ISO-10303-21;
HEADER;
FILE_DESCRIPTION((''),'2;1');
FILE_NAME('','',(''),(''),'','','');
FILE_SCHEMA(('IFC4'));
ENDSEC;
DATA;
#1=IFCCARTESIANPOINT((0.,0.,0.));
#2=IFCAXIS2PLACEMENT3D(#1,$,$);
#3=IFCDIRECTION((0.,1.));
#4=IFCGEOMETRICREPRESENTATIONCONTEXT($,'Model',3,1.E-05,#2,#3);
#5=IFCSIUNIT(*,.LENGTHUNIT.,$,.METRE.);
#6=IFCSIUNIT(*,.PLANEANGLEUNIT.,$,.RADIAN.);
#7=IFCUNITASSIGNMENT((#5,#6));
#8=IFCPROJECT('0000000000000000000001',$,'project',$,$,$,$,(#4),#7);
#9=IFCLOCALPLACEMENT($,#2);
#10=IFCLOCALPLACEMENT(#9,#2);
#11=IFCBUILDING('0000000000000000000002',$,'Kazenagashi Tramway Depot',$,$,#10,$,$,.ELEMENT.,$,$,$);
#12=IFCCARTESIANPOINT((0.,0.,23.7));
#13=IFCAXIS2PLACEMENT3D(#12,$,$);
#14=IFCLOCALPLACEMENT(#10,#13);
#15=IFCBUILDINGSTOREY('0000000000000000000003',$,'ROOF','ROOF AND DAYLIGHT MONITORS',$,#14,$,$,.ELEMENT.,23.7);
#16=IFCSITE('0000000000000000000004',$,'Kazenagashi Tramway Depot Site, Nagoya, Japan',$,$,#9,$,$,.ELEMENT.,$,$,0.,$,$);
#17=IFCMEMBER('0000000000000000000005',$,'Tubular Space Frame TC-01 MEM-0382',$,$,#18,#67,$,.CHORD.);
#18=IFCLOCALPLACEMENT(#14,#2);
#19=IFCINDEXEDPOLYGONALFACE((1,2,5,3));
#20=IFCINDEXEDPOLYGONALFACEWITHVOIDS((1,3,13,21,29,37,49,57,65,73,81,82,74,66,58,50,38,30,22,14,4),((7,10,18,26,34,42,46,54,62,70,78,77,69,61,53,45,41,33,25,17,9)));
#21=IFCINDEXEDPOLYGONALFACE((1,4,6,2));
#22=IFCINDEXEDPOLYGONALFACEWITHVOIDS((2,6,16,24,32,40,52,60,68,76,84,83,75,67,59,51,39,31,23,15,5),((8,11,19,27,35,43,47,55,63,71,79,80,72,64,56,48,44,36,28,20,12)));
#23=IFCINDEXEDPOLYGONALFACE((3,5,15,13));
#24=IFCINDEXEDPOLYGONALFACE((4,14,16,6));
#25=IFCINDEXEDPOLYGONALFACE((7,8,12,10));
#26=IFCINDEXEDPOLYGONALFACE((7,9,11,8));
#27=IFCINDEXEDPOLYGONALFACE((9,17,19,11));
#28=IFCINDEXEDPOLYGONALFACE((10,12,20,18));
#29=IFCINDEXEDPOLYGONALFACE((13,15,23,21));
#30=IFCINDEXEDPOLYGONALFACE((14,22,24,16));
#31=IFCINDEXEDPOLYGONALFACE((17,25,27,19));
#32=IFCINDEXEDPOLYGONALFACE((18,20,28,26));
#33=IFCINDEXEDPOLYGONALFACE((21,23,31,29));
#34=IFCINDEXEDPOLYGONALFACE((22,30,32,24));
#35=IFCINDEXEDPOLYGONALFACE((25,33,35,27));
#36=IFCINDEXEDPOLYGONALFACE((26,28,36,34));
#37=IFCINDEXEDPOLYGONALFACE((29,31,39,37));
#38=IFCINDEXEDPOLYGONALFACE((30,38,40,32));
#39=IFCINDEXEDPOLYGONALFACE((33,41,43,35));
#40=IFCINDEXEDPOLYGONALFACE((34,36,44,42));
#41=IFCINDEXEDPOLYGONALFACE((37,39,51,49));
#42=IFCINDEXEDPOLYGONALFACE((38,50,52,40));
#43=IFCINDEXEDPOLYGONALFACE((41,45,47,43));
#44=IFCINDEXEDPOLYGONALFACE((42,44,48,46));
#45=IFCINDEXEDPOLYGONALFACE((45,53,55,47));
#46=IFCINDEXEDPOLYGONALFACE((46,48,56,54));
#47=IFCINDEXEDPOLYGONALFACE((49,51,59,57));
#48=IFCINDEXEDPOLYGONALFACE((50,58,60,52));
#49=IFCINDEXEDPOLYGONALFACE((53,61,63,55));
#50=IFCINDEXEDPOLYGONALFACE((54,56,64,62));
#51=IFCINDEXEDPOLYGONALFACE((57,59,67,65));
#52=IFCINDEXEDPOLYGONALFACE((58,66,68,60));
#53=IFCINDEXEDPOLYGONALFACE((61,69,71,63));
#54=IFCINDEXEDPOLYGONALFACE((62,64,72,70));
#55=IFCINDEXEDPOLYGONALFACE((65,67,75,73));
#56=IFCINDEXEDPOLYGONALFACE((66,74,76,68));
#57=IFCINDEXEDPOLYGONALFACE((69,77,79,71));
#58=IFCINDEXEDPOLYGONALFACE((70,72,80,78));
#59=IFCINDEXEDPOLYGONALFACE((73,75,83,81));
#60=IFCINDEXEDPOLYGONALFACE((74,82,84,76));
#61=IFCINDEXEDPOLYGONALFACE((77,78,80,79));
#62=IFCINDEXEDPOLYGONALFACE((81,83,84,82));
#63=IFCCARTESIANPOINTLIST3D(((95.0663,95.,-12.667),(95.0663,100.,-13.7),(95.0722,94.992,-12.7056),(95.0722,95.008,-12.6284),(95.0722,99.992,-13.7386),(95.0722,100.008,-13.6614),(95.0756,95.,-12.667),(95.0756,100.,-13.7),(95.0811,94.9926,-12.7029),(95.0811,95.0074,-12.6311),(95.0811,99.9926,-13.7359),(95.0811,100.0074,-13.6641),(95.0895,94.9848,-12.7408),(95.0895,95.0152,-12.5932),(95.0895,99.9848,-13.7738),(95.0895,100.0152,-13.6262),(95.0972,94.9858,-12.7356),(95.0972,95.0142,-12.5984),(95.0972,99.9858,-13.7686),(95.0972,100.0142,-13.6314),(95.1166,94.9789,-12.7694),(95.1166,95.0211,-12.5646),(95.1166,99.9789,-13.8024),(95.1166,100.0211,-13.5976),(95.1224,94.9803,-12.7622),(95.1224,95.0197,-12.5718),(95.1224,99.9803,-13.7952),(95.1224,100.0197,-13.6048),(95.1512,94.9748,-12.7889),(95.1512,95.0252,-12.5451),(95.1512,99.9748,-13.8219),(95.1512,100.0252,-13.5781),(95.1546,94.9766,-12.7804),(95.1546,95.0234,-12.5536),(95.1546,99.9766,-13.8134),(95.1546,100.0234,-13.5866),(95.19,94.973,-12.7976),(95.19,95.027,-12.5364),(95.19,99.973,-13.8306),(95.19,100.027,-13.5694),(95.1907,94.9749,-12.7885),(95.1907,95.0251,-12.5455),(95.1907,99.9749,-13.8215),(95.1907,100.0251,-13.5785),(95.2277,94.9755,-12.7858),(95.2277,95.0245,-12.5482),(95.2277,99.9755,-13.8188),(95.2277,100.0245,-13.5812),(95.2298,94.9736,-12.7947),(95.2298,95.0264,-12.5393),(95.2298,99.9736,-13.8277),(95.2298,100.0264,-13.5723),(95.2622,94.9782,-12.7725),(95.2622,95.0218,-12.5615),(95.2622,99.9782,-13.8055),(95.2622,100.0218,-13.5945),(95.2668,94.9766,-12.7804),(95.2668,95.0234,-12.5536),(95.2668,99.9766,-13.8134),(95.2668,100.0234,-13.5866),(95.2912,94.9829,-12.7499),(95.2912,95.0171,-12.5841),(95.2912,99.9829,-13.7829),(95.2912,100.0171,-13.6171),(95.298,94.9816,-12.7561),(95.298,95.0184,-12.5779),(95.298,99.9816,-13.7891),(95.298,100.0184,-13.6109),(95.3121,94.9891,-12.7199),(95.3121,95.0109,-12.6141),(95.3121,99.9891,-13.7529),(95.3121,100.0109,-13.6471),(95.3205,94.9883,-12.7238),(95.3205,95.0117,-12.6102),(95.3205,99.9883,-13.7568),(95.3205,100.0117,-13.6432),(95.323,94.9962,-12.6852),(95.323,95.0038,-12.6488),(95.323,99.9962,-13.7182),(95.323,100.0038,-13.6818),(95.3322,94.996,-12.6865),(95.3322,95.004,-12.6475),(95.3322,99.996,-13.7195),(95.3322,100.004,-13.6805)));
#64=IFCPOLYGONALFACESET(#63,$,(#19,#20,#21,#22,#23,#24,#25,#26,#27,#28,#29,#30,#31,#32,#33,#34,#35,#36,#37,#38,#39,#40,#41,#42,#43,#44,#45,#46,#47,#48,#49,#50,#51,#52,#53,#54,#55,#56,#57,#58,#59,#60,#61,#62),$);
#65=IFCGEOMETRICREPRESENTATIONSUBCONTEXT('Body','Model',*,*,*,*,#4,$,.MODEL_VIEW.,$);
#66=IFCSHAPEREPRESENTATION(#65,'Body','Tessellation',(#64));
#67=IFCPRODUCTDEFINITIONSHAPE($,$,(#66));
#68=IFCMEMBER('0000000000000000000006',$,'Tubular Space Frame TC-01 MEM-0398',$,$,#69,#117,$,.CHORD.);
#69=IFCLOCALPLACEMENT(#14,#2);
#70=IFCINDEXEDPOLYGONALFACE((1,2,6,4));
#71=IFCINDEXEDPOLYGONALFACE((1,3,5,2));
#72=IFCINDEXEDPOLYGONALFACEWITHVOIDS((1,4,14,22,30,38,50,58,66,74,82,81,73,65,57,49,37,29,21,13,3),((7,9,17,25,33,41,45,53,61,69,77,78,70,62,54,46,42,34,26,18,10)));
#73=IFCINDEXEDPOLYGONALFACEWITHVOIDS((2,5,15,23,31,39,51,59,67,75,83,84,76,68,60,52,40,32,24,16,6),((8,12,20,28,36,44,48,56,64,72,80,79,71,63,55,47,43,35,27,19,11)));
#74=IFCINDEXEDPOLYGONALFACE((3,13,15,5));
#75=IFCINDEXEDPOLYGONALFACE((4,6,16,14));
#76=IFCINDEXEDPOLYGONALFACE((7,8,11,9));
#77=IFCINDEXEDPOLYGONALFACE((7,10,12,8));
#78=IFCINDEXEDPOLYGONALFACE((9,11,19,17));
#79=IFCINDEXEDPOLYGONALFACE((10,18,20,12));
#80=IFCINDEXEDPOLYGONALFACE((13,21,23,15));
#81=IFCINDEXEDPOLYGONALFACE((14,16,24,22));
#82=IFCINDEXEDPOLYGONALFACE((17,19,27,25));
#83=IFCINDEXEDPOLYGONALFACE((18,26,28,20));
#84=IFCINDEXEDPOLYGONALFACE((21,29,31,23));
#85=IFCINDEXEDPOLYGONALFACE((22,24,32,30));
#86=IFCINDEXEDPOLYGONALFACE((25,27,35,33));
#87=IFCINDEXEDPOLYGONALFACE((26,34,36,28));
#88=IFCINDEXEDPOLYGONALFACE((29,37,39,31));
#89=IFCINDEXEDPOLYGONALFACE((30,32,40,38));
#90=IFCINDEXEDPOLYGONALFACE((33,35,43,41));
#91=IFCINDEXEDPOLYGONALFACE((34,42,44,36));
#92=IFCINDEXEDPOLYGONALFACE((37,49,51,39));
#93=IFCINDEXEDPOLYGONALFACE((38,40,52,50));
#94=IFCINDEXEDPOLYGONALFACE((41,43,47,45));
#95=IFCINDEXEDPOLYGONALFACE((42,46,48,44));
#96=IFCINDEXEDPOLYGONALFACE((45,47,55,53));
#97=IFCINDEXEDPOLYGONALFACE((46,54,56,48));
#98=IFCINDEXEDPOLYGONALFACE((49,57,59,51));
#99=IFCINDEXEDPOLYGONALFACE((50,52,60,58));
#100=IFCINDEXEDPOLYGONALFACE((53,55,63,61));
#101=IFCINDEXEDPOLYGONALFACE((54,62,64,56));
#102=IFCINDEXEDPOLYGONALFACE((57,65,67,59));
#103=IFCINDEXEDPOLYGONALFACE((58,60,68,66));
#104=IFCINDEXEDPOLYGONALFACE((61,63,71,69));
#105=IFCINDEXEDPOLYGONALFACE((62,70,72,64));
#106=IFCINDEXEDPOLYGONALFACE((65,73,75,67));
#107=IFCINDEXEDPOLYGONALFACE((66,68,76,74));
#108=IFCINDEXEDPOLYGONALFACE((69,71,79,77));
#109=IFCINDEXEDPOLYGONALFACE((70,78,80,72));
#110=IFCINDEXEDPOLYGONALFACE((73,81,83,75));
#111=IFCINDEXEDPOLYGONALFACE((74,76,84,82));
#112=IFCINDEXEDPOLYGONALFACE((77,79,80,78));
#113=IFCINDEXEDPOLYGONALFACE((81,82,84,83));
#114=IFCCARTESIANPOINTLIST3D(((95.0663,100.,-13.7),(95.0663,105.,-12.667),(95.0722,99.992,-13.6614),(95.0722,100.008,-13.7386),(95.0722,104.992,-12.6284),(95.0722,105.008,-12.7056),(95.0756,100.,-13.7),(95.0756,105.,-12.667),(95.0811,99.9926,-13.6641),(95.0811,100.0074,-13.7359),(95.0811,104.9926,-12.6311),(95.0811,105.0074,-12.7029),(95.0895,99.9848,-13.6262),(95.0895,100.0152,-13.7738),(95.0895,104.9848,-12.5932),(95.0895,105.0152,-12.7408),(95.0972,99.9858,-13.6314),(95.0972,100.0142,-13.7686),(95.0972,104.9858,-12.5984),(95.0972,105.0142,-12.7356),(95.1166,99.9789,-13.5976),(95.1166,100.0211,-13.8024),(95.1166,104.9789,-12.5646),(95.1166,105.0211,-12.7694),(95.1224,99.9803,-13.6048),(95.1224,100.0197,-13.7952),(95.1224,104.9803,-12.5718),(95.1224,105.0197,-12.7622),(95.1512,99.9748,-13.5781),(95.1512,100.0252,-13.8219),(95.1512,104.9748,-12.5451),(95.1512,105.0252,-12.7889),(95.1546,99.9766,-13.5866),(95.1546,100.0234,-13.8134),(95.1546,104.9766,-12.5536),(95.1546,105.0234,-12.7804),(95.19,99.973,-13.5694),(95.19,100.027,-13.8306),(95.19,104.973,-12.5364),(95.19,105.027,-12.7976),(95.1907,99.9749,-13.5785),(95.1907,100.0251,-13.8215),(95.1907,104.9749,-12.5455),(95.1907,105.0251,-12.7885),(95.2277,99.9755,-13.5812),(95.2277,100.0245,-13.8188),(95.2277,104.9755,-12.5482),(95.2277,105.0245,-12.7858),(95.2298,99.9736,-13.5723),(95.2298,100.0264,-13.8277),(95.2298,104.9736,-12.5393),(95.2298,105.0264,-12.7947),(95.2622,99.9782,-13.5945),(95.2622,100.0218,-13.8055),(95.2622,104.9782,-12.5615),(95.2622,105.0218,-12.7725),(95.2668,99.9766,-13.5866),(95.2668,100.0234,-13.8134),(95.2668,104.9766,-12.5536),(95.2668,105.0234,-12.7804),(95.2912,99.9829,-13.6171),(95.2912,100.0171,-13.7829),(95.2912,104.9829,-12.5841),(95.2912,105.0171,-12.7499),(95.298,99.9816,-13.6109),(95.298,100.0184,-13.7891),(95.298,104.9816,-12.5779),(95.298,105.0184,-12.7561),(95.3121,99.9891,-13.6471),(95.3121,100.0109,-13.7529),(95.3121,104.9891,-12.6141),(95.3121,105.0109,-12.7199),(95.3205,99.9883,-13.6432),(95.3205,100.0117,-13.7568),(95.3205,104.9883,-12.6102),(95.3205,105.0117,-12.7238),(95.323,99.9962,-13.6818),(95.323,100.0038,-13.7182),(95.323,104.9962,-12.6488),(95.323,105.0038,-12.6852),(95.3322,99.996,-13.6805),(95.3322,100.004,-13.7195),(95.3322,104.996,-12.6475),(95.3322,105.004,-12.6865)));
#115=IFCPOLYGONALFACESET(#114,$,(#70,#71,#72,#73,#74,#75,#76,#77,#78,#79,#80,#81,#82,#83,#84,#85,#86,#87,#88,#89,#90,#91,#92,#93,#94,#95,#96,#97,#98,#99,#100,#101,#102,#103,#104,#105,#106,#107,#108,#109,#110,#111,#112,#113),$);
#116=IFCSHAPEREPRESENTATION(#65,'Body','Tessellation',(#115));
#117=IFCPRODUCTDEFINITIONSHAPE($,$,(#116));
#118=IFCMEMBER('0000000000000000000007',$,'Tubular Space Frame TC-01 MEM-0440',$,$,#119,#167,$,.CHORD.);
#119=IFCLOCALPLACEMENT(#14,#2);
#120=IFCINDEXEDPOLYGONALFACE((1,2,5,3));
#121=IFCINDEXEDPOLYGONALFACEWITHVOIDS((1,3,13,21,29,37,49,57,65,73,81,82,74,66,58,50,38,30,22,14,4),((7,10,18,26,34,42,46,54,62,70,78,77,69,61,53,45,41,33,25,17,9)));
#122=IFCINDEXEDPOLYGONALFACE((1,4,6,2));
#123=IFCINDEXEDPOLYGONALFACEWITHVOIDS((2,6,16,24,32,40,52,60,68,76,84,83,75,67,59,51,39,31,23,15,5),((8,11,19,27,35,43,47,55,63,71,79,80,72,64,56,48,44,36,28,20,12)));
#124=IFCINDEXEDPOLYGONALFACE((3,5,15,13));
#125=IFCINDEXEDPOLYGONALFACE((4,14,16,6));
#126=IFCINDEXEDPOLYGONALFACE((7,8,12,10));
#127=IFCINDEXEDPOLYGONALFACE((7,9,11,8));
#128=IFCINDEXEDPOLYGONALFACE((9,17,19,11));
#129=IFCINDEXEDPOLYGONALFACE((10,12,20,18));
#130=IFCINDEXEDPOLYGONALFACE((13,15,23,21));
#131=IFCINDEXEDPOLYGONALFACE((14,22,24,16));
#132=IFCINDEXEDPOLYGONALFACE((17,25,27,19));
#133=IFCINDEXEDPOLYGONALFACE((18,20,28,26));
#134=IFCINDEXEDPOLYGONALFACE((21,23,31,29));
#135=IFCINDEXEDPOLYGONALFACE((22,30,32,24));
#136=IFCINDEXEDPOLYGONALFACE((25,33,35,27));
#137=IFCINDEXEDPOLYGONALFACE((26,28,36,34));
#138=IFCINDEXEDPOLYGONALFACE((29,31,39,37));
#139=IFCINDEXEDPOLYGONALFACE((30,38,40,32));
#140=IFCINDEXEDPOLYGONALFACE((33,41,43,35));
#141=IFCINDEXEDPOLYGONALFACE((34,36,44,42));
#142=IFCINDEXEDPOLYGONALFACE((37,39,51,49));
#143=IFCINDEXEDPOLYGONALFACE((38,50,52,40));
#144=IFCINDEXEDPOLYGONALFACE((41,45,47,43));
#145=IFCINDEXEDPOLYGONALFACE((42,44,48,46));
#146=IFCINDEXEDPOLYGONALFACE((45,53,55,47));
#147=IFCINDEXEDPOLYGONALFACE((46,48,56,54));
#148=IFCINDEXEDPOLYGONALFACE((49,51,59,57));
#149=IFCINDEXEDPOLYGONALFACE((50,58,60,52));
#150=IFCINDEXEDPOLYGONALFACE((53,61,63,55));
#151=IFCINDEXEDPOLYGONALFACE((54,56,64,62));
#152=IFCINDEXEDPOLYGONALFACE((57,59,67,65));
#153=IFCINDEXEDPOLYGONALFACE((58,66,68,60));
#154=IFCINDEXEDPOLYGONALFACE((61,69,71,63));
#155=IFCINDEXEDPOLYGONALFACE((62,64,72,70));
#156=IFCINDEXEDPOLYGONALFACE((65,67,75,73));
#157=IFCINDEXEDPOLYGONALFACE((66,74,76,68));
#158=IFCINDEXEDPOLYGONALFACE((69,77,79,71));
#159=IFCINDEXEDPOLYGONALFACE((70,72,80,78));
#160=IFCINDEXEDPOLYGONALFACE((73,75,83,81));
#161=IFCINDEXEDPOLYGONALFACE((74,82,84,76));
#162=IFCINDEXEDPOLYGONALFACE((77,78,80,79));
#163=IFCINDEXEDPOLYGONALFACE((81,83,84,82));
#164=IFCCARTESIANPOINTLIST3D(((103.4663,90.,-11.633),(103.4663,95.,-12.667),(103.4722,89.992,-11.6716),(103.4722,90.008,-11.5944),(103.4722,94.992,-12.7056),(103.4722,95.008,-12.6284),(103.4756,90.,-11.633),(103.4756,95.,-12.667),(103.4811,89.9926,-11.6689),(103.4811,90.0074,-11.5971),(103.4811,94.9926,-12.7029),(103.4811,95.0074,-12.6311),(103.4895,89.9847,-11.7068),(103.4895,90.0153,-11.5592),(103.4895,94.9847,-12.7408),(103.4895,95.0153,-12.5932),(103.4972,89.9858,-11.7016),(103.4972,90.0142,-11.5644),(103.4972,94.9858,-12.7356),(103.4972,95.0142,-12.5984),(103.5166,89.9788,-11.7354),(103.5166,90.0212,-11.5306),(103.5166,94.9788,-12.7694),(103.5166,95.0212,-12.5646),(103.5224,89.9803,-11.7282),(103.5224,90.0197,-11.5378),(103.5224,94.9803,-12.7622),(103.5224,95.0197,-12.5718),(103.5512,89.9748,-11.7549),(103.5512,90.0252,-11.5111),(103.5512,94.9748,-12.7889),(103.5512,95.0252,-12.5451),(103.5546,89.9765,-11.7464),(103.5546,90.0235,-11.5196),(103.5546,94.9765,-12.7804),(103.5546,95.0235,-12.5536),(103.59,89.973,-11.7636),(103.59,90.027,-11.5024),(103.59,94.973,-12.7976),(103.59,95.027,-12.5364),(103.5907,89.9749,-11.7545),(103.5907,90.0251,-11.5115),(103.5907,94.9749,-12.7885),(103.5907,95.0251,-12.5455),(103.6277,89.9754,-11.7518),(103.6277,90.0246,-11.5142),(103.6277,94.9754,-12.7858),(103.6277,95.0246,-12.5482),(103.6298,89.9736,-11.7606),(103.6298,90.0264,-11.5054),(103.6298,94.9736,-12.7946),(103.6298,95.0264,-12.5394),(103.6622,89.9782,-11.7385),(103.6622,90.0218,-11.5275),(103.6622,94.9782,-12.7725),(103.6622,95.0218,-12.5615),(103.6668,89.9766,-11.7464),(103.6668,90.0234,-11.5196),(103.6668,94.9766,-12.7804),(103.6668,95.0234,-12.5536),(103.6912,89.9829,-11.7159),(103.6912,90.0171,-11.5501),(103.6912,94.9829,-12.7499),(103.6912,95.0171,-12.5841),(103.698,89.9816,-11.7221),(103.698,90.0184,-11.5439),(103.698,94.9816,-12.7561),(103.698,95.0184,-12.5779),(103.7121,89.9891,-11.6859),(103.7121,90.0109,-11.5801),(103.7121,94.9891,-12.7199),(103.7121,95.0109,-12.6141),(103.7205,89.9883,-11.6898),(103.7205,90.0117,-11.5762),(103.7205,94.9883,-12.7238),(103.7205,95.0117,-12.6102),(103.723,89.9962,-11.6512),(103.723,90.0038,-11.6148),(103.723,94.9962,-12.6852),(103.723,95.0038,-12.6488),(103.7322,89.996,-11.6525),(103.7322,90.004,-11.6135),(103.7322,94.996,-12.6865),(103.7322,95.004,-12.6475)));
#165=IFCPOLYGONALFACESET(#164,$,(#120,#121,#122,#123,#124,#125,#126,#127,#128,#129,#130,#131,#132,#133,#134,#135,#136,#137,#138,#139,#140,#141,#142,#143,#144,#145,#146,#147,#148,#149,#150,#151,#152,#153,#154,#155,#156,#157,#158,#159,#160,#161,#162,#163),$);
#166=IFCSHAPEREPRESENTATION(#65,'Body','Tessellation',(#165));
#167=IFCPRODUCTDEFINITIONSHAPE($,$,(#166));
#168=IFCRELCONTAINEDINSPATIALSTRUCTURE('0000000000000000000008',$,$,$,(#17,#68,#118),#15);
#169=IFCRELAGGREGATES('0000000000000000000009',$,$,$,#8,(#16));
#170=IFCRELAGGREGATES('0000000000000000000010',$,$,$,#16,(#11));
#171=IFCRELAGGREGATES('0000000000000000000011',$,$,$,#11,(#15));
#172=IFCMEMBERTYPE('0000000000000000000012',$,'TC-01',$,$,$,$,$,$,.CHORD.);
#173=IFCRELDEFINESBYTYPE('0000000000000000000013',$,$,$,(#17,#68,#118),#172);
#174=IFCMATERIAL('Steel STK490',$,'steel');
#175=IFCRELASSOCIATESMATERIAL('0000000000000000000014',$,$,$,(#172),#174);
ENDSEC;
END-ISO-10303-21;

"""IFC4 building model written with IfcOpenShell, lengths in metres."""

from ifc_helpers import new_model, si_unit, direction, frame, origin, origin_2d, place, context, subcontext, project, spatial, hollow_circle, extrude, material, material_profile, profile_set, type_object, element, save


model = new_model("IFC4")

# Units and contexts
model_context = context("Model", 3, precision=1e-05, world=origin(), true_north=direction((0.0, 1.0)))
body_context = subcontext(model_context, "Body", "Model", "MODEL_VIEW")
ifc_project = project(units=[si_unit("LENGTHUNIT", "METRE"), si_unit("PLANEANGLEUNIT", "RADIAN")], contexts=[model_context])

# Site, building, storey
site_placement = place(None, origin())
site = spatial("IfcSite", under=ifc_project, at=site_placement, Name="Kazenagashi Tramway Depot Site, Nagoya, Japan", CompositionType="ELEMENT", RefElevation=0.0)
building_placement = place(site_placement, origin())
building = spatial("IfcBuilding", under=site, at=building_placement, Name="Kazenagashi Tramway Depot", CompositionType="ELEMENT")
storey_placement = place(building_placement, frame((0.0, 0.0, 23.7)))
storey = spatial("IfcBuildingStorey", under=building, at=storey_placement, Name="ROOF", Description="ROOF AND DAYLIGHT MONITORS", CompositionType="ELEMENT", Elevation=23.7)

# Members
ifc_material_1 = material(Name="Steel STK490", Category="steel")
ifc_material_profile_1 = material_profile(ifc_material_1, hollow_circle(Radius=0.1337, WallThickness=0.0093, at=origin_2d()), Name="CHS-267.4x9.3")
ifc_profile_set_1 = profile_set([ifc_material_profile_1], Name="Steel STK490")
member_type_1 = type_object("IfcMemberType", Name="TC-01", PredefinedType="CHORD", material=ifc_profile_set_1)
for number, where, z_axis, x_axis, name in (
    (1, (95.2, 95.0, -12.667), (0.0, 0.979318, -0.202327), (-1.0, 0.0, 0.0), "Tubular Space Frame TC-01 MEM-0382"),
    (2, (95.2, 100.0, -13.7), (0.0, 0.979318, 0.202327), (-1.0, 0.0, 0.0), "Tubular Space Frame TC-01 MEM-0398"),
):
    element("IfcMember", number, at=place(storey_placement, frame(where, z_axis=z_axis, x_axis=x_axis)), inside=storey, type_object=member_type_1, Name=name, PredefinedType="CHORD", context=body_context, shape_type="SweptSolid", body=[
        extrude(hollow_circle(Radius=0.1337, WallThickness=0.0093, at=origin_2d()), origin(), (0.0, 0.0, 1.0), 5.1056),
    ])
member_1_placement = place(storey_placement, frame((103.6, 90.0, -11.633), z_axis=(0.0, 0.979279, -0.202515), x_axis=(-1.0, 0.0, 0.0)))
element("IfcMember", 3, at=member_1_placement, inside=storey, type_object=member_type_1, Name="Tubular Space Frame TC-01 MEM-0440", PredefinedType="CHORD", context=body_context, shape_type="SweptSolid", body=[
    extrude(hollow_circle(Radius=0.1337, WallThickness=0.0093, at=origin_2d()), origin(), (0.0, 0.0, 1.0), 5.1058),
])

save(model, "model.ifc")
